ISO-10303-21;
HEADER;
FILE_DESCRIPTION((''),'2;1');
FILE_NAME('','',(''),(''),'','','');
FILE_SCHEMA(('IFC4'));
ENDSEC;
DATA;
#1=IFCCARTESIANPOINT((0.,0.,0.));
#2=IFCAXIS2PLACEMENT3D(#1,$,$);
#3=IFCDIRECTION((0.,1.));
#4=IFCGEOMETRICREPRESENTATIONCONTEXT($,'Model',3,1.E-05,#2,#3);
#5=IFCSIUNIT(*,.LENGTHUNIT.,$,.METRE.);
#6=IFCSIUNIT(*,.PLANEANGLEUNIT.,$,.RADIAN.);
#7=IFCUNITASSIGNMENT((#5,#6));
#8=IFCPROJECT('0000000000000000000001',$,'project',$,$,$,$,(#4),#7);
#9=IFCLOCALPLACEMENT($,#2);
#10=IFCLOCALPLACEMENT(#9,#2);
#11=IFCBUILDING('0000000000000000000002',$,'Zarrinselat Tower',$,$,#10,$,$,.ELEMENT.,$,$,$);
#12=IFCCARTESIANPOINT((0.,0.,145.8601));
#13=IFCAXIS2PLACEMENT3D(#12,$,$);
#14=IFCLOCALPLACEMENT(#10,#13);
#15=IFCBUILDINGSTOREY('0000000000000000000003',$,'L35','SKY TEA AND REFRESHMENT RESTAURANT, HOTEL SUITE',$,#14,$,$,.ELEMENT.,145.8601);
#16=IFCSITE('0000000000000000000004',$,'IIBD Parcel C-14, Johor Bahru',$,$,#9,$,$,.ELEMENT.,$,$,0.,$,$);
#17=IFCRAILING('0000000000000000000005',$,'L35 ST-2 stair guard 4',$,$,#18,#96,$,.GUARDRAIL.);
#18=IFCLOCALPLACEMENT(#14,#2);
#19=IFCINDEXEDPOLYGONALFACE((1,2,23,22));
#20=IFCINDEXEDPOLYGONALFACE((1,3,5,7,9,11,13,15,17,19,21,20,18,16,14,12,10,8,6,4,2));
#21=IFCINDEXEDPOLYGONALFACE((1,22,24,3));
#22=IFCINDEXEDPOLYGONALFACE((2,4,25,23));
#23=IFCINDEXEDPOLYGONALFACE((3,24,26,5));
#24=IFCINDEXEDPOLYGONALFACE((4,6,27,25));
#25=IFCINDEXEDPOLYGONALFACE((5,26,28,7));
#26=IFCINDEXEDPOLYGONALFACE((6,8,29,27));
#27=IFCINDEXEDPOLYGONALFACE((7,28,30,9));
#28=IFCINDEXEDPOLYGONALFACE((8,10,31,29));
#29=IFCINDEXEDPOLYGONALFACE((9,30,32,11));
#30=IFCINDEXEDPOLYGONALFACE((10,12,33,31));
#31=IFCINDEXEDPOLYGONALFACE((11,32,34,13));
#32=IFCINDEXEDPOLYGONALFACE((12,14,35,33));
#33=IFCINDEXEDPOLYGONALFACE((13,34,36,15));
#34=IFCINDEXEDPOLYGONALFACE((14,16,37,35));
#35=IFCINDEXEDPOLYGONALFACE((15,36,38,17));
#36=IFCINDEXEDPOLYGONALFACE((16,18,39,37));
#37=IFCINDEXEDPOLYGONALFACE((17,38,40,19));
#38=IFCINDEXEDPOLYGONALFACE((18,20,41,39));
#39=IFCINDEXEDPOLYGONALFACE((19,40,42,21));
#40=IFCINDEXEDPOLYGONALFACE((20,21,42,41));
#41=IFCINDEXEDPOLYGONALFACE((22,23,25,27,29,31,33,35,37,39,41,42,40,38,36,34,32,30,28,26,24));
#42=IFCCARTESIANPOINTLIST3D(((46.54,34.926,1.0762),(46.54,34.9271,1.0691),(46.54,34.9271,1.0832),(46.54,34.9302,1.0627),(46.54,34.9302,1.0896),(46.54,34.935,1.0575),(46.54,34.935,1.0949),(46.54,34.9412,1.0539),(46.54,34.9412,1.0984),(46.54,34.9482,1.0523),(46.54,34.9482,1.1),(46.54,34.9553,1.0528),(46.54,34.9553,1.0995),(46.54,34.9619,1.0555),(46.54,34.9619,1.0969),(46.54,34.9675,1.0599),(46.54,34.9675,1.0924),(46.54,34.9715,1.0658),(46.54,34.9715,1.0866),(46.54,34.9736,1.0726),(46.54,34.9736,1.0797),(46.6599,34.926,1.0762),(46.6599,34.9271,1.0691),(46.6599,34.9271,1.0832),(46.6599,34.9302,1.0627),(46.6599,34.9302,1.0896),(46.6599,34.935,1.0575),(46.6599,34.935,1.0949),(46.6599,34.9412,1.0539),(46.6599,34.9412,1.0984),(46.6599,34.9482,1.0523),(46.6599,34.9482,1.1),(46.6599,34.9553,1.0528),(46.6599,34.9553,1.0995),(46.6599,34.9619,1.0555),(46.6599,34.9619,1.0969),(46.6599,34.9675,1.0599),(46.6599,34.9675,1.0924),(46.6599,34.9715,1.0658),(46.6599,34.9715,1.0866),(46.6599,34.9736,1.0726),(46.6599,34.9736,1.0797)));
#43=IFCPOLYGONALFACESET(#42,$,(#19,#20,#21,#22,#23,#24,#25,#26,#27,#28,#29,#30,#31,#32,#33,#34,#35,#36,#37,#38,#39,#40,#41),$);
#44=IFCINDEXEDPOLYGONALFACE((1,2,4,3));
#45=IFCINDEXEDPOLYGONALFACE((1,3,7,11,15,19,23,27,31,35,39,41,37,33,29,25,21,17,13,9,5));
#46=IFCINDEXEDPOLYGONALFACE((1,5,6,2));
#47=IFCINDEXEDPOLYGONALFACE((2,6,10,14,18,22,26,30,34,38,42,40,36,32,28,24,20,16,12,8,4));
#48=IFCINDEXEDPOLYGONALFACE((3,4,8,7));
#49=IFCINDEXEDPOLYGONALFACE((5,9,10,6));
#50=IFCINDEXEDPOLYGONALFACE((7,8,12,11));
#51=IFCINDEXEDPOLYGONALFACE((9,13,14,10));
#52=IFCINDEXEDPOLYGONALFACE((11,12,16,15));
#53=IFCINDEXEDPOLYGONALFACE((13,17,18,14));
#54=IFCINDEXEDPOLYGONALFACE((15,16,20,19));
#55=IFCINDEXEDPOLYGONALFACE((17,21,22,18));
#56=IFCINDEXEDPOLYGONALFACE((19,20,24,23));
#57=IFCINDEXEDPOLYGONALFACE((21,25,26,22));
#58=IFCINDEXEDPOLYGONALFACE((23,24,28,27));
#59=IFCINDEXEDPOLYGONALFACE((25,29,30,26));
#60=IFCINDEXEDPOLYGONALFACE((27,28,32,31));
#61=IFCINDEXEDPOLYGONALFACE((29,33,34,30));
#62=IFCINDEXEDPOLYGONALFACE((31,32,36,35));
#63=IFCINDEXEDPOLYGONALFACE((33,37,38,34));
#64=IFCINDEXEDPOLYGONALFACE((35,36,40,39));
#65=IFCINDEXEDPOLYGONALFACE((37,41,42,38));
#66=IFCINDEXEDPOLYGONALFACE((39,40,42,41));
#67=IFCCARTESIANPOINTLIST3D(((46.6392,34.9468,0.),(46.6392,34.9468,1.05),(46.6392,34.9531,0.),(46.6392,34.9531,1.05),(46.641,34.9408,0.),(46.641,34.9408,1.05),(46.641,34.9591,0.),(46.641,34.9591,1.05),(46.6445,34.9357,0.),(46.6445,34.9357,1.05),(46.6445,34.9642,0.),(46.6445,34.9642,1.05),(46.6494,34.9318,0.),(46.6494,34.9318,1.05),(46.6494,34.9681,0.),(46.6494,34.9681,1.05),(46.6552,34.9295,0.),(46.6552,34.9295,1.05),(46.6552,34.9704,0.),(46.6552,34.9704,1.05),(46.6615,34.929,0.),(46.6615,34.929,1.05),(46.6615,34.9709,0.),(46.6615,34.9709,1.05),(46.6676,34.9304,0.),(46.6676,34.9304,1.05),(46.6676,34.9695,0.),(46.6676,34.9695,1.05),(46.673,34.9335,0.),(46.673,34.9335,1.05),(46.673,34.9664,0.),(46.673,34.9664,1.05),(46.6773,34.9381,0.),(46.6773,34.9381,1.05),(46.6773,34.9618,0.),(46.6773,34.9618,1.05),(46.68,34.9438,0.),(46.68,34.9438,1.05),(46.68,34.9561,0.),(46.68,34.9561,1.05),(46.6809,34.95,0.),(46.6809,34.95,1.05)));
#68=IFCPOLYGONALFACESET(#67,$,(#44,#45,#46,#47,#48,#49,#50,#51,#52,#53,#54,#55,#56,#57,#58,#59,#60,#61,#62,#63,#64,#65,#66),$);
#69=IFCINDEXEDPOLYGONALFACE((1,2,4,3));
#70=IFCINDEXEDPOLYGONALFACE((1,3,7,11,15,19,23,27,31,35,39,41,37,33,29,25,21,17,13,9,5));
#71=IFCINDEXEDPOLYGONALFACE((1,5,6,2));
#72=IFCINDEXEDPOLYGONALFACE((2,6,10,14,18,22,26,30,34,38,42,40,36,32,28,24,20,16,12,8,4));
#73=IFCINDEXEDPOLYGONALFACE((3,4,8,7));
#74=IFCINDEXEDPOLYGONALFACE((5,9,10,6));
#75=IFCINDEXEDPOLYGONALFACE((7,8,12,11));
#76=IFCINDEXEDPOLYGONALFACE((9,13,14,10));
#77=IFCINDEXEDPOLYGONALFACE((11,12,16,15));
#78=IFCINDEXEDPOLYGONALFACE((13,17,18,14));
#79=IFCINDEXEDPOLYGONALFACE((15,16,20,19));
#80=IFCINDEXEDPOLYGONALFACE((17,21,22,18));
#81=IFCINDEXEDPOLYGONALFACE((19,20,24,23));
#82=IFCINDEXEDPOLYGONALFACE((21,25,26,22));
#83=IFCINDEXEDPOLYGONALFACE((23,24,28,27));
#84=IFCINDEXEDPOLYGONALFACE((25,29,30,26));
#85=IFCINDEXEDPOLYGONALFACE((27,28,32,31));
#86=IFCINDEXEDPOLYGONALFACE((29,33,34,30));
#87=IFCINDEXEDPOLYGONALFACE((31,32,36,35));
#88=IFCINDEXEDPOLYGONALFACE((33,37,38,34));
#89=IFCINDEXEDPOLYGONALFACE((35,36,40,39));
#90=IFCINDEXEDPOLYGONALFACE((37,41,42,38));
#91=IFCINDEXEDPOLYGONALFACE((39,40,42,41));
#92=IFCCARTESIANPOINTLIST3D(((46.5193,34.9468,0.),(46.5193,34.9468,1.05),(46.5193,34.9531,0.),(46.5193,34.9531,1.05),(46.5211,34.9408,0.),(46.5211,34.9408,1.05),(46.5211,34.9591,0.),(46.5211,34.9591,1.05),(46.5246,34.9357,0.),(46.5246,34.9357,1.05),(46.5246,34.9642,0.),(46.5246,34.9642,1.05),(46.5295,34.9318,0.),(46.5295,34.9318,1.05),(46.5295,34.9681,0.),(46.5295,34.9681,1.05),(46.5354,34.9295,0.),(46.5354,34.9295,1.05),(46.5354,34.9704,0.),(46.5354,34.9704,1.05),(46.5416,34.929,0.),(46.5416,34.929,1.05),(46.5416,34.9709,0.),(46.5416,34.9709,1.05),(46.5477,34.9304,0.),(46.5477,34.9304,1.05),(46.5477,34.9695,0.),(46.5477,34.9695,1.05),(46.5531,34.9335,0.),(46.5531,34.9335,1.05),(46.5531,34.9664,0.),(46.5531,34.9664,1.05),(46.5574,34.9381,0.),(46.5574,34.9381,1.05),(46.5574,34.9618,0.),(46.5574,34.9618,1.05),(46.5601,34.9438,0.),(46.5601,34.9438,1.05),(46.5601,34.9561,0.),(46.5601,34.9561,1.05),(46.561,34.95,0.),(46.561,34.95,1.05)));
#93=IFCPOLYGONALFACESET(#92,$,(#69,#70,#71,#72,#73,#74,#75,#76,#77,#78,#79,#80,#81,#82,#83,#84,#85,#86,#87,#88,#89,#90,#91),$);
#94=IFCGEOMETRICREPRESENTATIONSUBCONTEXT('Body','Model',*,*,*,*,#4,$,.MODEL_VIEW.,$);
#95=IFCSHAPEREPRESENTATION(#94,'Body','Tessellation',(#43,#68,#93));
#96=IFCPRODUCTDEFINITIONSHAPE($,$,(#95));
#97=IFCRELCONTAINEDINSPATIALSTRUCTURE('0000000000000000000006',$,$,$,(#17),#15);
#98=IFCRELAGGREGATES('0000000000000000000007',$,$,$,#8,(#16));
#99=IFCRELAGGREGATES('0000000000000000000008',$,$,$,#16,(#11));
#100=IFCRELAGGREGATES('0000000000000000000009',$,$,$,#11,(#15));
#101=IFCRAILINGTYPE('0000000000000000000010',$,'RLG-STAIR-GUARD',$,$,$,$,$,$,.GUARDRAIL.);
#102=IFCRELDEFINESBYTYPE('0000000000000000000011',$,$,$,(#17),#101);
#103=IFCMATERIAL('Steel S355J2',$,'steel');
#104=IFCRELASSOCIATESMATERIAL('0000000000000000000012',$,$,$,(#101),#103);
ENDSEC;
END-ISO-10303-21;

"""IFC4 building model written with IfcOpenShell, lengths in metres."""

from ifc_helpers import new_model, si_unit, direction, frame, origin, origin_2d, place, context, subcontext, project, spatial, circle, extrude, material, type_object, element, save


model = new_model("IFC4")

# Units and contexts
model_context = context("Model", 3, precision=1e-05, world=origin(), true_north=direction((0.0, 1.0)))
body_context = subcontext(model_context, "Body", "Model", "MODEL_VIEW")
ifc_project = project(units=[si_unit("LENGTHUNIT", "METRE"), si_unit("PLANEANGLEUNIT", "RADIAN")], contexts=[model_context])

# Site, building, storey
site_placement = place(None, origin())
site = spatial("IfcSite", under=ifc_project, at=site_placement, Name="IIBD Parcel C-14, Johor Bahru", CompositionType="ELEMENT", RefElevation=0.0)
building_placement = place(site_placement, origin())
building = spatial("IfcBuilding", under=site, at=building_placement, Name="Zarrinselat Tower", CompositionType="ELEMENT")
storey_placement = place(building_placement, frame((0.0, 0.0, 145.8601)))
storey = spatial("IfcBuildingStorey", under=building, at=storey_placement, Name="L35", Description="SKY TEA AND REFRESHMENT RESTAURANT, HOTEL SUITE", CompositionType="ELEMENT", Elevation=145.8601)

# Railing
ifc_material_1 = material(Name="Steel S355J2", Category="steel")
railing_type_1 = type_object("IfcRailingType", Name="RLG-STAIR-GUARD", PredefinedType="GUARDRAIL", material=ifc_material_1)
railing_1_placement = place(storey_placement, frame((46.6599, 34.95, 0.0)))
element("IfcRailing", 1, at=railing_1_placement, inside=storey, type_object=railing_type_1, Name="L35 ST-2 stair guard 4", PredefinedType="GUARDRAIL", context=body_context, shape_type="SweptSolid", body=[
    extrude(circle(Radius=0.0239, at=origin_2d()), frame((0.0, 0.0, 1.0762), z_axis=(-1.0, 0.0, 0.0), x_axis=(0.0, -1.0, 0.0)), (0.0, 0.0, 1.0), 0.1199),
    extrude(circle(Radius=0.021, at=origin_2d()), origin(), (0.0, 0.0, 1.0), 1.05),
    extrude(circle(Radius=0.021, at=origin_2d()), frame((-0.1199, 0.0, 0.0)), (0.0, 0.0, 1.0), 1.05),
])

save(model, "model.ifc")
